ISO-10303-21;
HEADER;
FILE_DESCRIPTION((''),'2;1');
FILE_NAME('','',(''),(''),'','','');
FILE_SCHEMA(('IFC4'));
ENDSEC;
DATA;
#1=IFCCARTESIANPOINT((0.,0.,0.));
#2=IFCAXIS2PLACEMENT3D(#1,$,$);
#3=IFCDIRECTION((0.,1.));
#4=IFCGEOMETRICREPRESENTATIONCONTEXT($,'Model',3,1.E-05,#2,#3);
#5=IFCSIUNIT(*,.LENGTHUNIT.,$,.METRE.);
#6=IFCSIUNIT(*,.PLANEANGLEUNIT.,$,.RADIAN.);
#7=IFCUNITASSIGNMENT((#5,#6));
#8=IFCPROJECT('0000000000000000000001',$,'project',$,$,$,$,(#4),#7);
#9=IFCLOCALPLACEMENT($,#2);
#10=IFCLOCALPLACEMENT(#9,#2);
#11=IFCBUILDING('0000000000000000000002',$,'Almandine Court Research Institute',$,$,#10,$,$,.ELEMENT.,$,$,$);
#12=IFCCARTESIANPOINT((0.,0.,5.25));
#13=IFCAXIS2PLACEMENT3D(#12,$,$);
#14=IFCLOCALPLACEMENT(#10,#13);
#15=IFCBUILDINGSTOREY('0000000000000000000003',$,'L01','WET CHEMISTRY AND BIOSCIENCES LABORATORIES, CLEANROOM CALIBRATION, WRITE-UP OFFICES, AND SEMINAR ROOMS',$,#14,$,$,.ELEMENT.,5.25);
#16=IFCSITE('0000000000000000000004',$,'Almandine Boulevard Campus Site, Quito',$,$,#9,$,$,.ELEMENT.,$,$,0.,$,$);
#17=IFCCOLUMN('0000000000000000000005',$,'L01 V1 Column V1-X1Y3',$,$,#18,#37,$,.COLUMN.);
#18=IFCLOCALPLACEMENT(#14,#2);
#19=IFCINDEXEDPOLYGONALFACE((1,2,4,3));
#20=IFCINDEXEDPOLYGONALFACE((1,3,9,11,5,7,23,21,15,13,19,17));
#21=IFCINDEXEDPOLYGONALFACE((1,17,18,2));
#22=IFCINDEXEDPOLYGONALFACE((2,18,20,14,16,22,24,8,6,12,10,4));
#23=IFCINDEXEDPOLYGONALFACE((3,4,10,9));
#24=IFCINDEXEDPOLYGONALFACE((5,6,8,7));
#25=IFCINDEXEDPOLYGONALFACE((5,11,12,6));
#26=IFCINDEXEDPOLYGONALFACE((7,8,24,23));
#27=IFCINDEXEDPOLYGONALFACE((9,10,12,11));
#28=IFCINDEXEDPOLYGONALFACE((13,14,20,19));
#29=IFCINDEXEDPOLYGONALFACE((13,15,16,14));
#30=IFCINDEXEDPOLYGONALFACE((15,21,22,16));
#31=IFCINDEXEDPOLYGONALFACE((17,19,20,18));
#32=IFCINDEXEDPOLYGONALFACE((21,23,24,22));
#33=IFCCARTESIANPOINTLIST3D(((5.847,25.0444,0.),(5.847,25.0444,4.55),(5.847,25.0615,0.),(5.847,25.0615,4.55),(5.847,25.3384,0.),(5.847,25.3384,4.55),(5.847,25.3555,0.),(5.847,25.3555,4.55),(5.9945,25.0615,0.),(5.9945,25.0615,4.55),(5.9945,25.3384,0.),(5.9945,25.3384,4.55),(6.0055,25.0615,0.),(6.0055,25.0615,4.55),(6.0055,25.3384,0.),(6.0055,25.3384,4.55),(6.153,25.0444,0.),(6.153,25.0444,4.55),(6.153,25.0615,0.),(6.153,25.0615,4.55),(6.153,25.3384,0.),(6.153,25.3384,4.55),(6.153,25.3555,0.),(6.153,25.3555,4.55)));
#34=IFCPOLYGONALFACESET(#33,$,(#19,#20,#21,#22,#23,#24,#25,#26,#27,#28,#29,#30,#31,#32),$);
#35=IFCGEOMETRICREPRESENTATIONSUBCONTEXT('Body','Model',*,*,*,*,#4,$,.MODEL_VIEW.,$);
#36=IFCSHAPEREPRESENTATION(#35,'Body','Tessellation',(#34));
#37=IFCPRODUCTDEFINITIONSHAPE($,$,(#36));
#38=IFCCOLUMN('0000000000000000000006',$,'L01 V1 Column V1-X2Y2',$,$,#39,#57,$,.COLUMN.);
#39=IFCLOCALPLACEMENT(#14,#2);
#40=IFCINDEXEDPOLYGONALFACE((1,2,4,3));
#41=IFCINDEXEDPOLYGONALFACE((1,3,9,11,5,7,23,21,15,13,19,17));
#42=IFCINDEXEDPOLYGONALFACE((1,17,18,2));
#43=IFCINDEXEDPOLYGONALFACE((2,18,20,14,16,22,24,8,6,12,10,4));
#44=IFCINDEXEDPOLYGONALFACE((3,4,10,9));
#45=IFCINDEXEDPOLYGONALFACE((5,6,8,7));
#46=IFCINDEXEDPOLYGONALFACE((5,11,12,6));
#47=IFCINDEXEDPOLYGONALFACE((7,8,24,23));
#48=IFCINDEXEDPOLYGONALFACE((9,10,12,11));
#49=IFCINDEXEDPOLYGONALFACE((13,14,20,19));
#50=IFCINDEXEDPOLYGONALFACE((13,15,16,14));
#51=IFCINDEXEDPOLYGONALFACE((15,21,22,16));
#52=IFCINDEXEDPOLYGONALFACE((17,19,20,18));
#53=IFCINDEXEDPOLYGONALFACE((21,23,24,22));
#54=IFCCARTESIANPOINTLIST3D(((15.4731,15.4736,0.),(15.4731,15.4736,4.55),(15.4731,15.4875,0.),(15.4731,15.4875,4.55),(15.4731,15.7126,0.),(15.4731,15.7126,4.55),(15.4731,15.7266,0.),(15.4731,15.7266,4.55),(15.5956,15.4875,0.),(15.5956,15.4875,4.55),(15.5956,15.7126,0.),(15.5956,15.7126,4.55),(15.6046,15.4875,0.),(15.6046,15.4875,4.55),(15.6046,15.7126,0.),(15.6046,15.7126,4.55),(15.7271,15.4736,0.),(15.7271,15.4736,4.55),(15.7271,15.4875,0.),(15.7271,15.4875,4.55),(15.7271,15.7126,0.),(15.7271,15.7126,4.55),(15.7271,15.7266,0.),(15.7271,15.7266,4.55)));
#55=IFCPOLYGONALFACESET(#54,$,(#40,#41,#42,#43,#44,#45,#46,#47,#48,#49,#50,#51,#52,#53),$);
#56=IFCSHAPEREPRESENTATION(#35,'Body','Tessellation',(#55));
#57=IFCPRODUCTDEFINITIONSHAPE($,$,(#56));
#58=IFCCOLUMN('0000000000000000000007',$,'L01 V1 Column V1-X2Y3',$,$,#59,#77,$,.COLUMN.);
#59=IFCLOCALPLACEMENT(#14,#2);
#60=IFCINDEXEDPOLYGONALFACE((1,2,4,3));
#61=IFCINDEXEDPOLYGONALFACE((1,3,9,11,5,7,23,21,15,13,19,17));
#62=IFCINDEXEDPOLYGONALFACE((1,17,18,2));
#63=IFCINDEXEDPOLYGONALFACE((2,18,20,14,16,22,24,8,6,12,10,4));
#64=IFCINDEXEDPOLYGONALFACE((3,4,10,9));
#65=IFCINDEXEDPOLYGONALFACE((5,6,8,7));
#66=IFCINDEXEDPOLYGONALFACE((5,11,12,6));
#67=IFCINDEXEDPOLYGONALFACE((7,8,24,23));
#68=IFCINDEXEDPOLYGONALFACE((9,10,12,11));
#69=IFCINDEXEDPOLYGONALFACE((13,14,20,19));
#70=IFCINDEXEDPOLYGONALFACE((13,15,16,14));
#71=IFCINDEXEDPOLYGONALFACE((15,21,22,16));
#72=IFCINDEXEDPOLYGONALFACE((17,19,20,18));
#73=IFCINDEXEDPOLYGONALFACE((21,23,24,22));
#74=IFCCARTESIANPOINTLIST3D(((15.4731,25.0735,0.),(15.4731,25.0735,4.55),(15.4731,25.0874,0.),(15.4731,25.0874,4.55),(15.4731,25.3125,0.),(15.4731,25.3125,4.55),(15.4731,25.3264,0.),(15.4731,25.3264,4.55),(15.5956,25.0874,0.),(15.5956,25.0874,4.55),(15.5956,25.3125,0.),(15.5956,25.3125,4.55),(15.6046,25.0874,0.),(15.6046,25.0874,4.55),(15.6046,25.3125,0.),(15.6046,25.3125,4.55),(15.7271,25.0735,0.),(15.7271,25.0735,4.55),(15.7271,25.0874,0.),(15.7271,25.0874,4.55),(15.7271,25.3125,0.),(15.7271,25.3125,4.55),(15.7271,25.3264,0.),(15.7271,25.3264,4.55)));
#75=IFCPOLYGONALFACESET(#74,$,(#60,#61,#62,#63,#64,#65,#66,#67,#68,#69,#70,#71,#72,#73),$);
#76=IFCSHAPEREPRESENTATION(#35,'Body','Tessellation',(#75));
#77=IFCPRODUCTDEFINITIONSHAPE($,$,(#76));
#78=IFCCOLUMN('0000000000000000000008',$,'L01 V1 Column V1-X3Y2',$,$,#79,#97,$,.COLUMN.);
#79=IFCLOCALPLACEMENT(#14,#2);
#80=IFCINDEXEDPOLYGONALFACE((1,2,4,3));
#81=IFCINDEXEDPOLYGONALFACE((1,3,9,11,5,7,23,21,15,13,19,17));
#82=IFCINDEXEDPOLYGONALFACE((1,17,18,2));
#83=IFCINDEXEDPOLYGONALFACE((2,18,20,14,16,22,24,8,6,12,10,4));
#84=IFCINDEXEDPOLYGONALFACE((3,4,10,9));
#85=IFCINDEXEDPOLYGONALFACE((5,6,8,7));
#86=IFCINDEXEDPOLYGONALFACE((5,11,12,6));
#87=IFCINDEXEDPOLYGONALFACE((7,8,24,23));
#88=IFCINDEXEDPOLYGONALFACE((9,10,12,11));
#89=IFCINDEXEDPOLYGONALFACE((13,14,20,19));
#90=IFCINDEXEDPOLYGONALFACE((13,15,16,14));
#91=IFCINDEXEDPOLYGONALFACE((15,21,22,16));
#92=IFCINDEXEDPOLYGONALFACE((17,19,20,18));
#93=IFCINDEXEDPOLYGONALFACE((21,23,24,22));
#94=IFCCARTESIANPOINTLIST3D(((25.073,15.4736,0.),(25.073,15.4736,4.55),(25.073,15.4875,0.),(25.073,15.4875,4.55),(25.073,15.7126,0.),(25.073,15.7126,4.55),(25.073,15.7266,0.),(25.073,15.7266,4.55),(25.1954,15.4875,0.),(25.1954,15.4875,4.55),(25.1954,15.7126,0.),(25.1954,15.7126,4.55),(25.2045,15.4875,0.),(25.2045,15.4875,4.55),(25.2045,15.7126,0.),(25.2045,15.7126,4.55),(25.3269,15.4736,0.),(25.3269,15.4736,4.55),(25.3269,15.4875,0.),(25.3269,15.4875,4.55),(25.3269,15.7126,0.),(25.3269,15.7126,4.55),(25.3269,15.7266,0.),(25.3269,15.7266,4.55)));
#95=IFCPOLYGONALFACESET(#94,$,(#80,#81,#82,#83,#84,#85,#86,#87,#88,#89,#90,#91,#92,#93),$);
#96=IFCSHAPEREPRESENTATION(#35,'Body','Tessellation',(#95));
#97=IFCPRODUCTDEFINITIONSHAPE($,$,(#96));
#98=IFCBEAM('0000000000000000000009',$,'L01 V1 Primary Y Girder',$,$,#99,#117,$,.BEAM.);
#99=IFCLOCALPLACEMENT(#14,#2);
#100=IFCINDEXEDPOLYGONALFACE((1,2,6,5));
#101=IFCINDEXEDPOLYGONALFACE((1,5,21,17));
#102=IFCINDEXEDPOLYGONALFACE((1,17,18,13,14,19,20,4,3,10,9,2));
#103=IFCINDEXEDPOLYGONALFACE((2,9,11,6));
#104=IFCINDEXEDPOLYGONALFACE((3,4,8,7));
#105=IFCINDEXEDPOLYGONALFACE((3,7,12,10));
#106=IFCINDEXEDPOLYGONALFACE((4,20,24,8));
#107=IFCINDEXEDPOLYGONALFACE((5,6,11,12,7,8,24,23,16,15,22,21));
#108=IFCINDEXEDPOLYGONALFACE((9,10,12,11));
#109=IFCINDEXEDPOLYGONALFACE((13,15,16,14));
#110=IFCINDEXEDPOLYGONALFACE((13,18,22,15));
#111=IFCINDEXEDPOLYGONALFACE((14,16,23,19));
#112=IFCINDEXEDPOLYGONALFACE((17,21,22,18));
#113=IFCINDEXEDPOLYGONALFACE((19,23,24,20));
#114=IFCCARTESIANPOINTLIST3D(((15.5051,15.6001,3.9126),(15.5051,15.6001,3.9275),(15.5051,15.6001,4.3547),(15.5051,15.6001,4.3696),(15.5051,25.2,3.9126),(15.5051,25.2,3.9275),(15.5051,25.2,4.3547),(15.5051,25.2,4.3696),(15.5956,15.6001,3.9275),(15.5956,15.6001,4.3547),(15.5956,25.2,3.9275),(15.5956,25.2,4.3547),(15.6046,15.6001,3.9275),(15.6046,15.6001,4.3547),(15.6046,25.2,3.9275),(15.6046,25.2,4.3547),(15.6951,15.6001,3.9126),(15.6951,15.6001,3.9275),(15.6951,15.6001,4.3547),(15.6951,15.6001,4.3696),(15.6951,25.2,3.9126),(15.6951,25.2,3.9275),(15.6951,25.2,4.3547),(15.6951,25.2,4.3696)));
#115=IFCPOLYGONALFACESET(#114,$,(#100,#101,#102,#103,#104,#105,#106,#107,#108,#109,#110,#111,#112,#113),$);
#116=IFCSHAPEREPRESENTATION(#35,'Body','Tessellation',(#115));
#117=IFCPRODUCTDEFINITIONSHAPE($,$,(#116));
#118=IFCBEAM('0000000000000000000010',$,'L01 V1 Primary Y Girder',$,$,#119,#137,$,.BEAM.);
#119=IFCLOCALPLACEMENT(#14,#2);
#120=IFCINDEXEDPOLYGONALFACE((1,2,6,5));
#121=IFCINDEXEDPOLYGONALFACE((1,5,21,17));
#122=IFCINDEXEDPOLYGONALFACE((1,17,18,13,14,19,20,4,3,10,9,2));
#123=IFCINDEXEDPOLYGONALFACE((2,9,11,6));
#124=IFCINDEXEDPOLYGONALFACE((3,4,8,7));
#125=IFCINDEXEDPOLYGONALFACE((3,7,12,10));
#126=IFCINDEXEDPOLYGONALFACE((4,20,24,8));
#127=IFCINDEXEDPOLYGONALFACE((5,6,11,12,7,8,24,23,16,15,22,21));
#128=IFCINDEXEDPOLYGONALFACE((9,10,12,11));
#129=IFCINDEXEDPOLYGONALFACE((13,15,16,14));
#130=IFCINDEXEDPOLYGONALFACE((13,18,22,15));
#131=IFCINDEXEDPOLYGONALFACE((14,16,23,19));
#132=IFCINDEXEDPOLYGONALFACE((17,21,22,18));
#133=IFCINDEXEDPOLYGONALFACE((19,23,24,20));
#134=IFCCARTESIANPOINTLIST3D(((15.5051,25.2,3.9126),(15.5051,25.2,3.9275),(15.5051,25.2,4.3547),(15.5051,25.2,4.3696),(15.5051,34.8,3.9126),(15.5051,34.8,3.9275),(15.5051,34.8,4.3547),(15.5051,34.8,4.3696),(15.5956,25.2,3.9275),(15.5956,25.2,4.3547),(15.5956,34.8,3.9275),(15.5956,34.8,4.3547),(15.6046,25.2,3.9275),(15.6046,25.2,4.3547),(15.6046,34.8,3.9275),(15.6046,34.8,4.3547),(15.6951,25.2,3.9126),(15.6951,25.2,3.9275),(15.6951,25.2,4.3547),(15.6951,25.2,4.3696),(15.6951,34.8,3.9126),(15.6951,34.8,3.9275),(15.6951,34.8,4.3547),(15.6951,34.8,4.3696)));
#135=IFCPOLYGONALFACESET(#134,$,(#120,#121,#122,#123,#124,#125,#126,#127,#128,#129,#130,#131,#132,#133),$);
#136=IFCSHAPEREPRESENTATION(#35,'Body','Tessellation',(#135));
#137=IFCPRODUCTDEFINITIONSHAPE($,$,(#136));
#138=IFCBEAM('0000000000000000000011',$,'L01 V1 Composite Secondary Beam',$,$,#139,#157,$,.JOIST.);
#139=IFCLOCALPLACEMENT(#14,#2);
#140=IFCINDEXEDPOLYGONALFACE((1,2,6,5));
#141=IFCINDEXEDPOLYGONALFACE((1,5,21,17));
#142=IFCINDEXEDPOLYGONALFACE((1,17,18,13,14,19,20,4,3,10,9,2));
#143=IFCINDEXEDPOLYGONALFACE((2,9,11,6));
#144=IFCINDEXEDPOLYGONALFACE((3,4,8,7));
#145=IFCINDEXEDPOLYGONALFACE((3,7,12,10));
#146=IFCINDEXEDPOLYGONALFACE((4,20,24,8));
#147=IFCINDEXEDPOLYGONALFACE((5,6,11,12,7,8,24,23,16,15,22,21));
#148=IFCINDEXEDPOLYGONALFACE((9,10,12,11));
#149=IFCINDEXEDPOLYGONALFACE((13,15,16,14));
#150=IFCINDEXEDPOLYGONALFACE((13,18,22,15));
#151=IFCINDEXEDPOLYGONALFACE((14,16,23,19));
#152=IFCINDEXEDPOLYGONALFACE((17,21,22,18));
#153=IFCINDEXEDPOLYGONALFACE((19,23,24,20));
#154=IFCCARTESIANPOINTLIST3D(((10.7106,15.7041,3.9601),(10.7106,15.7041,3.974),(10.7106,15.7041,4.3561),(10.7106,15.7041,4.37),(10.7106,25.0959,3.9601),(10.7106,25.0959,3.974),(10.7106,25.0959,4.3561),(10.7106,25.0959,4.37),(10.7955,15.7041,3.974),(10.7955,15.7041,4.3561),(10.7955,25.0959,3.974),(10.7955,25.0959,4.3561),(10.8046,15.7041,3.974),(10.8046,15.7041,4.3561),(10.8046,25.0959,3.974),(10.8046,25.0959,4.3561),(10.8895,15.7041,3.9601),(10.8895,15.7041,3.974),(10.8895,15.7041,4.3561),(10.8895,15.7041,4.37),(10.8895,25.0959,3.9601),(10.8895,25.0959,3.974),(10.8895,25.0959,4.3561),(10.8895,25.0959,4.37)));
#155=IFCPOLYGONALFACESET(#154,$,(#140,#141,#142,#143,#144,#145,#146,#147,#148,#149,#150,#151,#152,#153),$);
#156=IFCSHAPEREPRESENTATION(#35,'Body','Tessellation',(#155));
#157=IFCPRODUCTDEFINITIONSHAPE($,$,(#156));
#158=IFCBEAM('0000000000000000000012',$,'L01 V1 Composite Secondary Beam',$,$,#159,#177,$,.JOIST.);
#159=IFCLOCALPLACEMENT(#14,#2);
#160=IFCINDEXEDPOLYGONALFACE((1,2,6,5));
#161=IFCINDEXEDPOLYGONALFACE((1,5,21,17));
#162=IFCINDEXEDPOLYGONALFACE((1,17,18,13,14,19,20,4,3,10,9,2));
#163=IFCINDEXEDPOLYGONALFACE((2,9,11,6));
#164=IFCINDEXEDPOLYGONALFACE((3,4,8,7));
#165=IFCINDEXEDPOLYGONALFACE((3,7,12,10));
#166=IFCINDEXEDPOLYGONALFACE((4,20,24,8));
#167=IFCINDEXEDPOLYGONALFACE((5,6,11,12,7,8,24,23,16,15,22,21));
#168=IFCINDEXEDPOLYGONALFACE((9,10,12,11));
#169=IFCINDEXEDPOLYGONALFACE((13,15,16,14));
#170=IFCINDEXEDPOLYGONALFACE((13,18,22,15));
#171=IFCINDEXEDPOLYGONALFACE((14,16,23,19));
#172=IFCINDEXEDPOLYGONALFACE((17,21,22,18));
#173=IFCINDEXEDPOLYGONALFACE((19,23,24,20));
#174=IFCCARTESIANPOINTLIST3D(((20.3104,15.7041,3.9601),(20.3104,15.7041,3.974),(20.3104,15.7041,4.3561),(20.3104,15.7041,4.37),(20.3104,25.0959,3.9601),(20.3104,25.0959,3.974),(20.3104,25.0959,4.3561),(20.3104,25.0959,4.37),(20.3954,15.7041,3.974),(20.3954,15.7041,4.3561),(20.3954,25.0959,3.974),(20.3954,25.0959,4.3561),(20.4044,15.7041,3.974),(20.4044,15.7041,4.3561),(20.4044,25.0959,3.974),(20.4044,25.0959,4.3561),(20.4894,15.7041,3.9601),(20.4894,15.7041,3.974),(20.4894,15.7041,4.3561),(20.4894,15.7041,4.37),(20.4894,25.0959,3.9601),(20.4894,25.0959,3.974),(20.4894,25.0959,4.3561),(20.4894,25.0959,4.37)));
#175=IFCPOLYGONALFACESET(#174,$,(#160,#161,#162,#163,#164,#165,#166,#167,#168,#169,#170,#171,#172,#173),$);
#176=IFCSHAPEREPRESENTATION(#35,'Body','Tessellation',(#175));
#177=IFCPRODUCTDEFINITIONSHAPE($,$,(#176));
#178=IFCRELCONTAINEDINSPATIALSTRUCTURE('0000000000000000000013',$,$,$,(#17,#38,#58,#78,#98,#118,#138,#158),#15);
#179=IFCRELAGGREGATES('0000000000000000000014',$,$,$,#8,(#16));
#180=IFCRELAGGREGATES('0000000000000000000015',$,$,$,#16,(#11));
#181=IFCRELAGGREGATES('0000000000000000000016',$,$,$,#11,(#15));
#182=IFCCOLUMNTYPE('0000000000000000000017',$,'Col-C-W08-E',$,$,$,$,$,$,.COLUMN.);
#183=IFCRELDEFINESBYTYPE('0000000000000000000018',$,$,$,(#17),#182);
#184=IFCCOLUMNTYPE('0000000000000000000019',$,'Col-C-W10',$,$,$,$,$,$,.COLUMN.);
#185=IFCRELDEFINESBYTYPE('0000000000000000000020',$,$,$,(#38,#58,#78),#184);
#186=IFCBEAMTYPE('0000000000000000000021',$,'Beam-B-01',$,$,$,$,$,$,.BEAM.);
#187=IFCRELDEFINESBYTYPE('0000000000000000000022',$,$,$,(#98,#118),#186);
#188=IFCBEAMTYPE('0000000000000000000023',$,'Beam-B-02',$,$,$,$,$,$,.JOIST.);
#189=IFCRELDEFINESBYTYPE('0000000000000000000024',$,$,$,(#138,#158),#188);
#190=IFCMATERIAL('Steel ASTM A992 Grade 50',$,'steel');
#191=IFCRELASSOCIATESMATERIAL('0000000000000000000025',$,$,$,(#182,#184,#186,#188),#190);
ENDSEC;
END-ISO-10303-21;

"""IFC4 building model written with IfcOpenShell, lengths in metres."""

from ifc_helpers import new_model, si_unit, direction, frame, origin, origin_2d, place, context, subcontext, project, spatial, i_section, extrude, material, material_profile, profile_set, type_object, element, save


model = new_model("IFC4")

# Units and contexts
model_context = context("Model", 3, precision=1e-05, world=origin(), true_north=direction((0.0, 1.0)))
body_context = subcontext(model_context, "Body", "Model", "MODEL_VIEW")
ifc_project = project(units=[si_unit("LENGTHUNIT", "METRE"), si_unit("PLANEANGLEUNIT", "RADIAN")], contexts=[model_context])

# Site, building, storey
site_placement = place(None, origin())
site = spatial("IfcSite", under=ifc_project, at=site_placement, Name="Almandine Boulevard Campus Site, Quito", CompositionType="ELEMENT", RefElevation=0.0)
building_placement = place(site_placement, origin())
building = spatial("IfcBuilding", under=site, at=building_placement, Name="Almandine Court Research Institute", CompositionType="ELEMENT")
storey_placement = place(building_placement, frame((0.0, 0.0, 5.25)))
storey = spatial("IfcBuildingStorey", under=building, at=storey_placement, Name="L01", Description="WET CHEMISTRY AND BIOSCIENCES LABORATORIES, CLEANROOM CALIBRATION, WRITE-UP OFFICES, AND SEMINAR ROOMS", CompositionType="ELEMENT", Elevation=5.25)

# Columns
ifc_material_1 = material(Name="Steel ASTM A992 Grade 50", Category="steel")
ifc_material_profile_1 = material_profile(ifc_material_1, i_section(OverallWidth=0.3059, OverallDepth=0.311, WebThickness=0.011, FlangeThickness=0.0171, at=origin_2d()), Name="W310x107")
ifc_profile_set_1 = profile_set([ifc_material_profile_1], Name="Steel ASTM A992 Grade 50")
column_type_1 = type_object("IfcColumnType", Name="Col-C-W08-E", PredefinedType="COLUMN", material=ifc_profile_set_1)
column_placement = place(storey_placement, frame((6.0, 25.2, 0.0), z_axis=(0.0, 0.0, 1.0), x_axis=(1.0, 0.0, 0.0)))
element("IfcColumn", 1, at=column_placement, inside=storey, type_object=column_type_1, Name="L01 V1 Column V1-X1Y3", PredefinedType="COLUMN", context=body_context, shape_type="SweptSolid", body=[
    extrude(i_section(OverallWidth=0.3059, OverallDepth=0.311, WebThickness=0.011, FlangeThickness=0.0171, at=origin_2d()), origin(), (0.0, 0.0, 1.0), 4.55),
])
ifc_material_profile_2 = material_profile(ifc_material_1, i_section(OverallWidth=0.2539, OverallDepth=0.2529, WebThickness=0.009, FlangeThickness=0.0139, at=origin_2d()), Name="W250x73")
ifc_profile_set_2 = profile_set([ifc_material_profile_2], Name="Steel ASTM A992 Grade 50")
column_type_2 = type_object("IfcColumnType", Name="Col-C-W10", PredefinedType="COLUMN", material=ifc_profile_set_2)
for number, where, z_axis, x_axis, name in (
    (2, (15.6001, 15.6001, 0.0), (0.0, 0.0, 1.0), (1.0, 0.0, 0.0), "L01 V1 Column V1-X2Y2"),
    (3, (15.6001, 25.2, 0.0), (0.0, 0.0, 1.0), (1.0, 0.0, 0.0), "L01 V1 Column V1-X2Y3"),
    (4, (25.2, 15.6001, 0.0), (0.0, 0.0, 1.0), (1.0, 0.0, 0.0), "L01 V1 Column V1-X3Y2"),
):
    element("IfcColumn", number, at=place(storey_placement, frame(where, z_axis=z_axis, x_axis=x_axis)), inside=storey, type_object=column_type_2, Name=name, PredefinedType="COLUMN", context=body_context, shape_type="SweptSolid", body=[
        extrude(i_section(OverallWidth=0.2539, OverallDepth=0.2529, WebThickness=0.009, FlangeThickness=0.0139, at=origin_2d()), origin(), (0.0, 0.0, 1.0), 4.55),
    ])

# Beams
ifc_material_profile_3 = material_profile(ifc_material_1, i_section(OverallWidth=0.1899, OverallDepth=0.457, WebThickness=0.009, FlangeThickness=0.0149, at=origin_2d()), Name="W460x74")
ifc_profile_set_3 = profile_set([ifc_material_profile_3], Name="Steel ASTM A992 Grade 50")
beam_type_1 = type_object("IfcBeamType", Name="Beam-B-01", PredefinedType="BEAM", material=ifc_profile_set_3)
beam_1_placement = place(storey_placement, frame((15.6001, 15.6001, 4.1411), z_axis=(0.0, 1.0, 0.0), x_axis=(-1.0, 0.0, 0.0)))
element("IfcBeam", 5, at=beam_1_placement, inside=storey, type_object=beam_type_1, Name="L01 V1 Primary Y Girder", PredefinedType="BEAM", context=body_context, shape_type="SweptSolid", body=[
    extrude(i_section(OverallWidth=0.1899, OverallDepth=0.457, WebThickness=0.009, FlangeThickness=0.0149, at=origin_2d()), origin(), (0.0, 0.0, 1.0), 9.5999),
])
beam_2_placement = place(storey_placement, frame((15.6001, 25.2, 4.1411), z_axis=(0.0, 1.0, 0.0), x_axis=(-1.0, 0.0, 0.0)))
element("IfcBeam", 6, at=beam_2_placement, inside=storey, type_object=beam_type_1, Name="L01 V1 Primary Y Girder", PredefinedType="BEAM", context=body_context, shape_type="SweptSolid", body=[
    extrude(i_section(OverallWidth=0.1899, OverallDepth=0.457, WebThickness=0.009, FlangeThickness=0.0149, at=origin_2d()), origin(), (0.0, 0.0, 1.0), 9.6001),
])
ifc_material_profile_4 = material_profile(ifc_material_1, i_section(OverallWidth=0.179, OverallDepth=0.4099, WebThickness=0.009, FlangeThickness=0.0139, at=origin_2d()), Name="W410x67")
ifc_profile_set_4 = profile_set([ifc_material_profile_4], Name="Steel ASTM A992 Grade 50")
beam_type_2 = type_object("IfcBeamType", Name="Beam-B-02", PredefinedType="JOIST", material=ifc_profile_set_4)
for number, where, z_axis, x_axis, name in (
    (7, (10.8, 15.7041, 4.165), (0.0, 1.0, 0.0), (-1.0, 0.0, 0.0), "L01 V1 Composite Secondary Beam"),
    (8, (20.3999, 15.7041, 4.165), (0.0, 1.0, 0.0), (-1.0, 0.0, 0.0), "L01 V1 Composite Secondary Beam"),
):
    element("IfcBeam", number, at=place(storey_placement, frame(where, z_axis=z_axis, x_axis=x_axis)), inside=storey, type_object=beam_type_2, Name=name, PredefinedType="JOIST", context=body_context, shape_type="SweptSolid", body=[
        extrude(i_section(OverallWidth=0.179, OverallDepth=0.4099, WebThickness=0.009, FlangeThickness=0.0139, at=origin_2d()), origin(), (0.0, 0.0, 1.0), 9.3918),
    ])

save(model, "model.ifc")
